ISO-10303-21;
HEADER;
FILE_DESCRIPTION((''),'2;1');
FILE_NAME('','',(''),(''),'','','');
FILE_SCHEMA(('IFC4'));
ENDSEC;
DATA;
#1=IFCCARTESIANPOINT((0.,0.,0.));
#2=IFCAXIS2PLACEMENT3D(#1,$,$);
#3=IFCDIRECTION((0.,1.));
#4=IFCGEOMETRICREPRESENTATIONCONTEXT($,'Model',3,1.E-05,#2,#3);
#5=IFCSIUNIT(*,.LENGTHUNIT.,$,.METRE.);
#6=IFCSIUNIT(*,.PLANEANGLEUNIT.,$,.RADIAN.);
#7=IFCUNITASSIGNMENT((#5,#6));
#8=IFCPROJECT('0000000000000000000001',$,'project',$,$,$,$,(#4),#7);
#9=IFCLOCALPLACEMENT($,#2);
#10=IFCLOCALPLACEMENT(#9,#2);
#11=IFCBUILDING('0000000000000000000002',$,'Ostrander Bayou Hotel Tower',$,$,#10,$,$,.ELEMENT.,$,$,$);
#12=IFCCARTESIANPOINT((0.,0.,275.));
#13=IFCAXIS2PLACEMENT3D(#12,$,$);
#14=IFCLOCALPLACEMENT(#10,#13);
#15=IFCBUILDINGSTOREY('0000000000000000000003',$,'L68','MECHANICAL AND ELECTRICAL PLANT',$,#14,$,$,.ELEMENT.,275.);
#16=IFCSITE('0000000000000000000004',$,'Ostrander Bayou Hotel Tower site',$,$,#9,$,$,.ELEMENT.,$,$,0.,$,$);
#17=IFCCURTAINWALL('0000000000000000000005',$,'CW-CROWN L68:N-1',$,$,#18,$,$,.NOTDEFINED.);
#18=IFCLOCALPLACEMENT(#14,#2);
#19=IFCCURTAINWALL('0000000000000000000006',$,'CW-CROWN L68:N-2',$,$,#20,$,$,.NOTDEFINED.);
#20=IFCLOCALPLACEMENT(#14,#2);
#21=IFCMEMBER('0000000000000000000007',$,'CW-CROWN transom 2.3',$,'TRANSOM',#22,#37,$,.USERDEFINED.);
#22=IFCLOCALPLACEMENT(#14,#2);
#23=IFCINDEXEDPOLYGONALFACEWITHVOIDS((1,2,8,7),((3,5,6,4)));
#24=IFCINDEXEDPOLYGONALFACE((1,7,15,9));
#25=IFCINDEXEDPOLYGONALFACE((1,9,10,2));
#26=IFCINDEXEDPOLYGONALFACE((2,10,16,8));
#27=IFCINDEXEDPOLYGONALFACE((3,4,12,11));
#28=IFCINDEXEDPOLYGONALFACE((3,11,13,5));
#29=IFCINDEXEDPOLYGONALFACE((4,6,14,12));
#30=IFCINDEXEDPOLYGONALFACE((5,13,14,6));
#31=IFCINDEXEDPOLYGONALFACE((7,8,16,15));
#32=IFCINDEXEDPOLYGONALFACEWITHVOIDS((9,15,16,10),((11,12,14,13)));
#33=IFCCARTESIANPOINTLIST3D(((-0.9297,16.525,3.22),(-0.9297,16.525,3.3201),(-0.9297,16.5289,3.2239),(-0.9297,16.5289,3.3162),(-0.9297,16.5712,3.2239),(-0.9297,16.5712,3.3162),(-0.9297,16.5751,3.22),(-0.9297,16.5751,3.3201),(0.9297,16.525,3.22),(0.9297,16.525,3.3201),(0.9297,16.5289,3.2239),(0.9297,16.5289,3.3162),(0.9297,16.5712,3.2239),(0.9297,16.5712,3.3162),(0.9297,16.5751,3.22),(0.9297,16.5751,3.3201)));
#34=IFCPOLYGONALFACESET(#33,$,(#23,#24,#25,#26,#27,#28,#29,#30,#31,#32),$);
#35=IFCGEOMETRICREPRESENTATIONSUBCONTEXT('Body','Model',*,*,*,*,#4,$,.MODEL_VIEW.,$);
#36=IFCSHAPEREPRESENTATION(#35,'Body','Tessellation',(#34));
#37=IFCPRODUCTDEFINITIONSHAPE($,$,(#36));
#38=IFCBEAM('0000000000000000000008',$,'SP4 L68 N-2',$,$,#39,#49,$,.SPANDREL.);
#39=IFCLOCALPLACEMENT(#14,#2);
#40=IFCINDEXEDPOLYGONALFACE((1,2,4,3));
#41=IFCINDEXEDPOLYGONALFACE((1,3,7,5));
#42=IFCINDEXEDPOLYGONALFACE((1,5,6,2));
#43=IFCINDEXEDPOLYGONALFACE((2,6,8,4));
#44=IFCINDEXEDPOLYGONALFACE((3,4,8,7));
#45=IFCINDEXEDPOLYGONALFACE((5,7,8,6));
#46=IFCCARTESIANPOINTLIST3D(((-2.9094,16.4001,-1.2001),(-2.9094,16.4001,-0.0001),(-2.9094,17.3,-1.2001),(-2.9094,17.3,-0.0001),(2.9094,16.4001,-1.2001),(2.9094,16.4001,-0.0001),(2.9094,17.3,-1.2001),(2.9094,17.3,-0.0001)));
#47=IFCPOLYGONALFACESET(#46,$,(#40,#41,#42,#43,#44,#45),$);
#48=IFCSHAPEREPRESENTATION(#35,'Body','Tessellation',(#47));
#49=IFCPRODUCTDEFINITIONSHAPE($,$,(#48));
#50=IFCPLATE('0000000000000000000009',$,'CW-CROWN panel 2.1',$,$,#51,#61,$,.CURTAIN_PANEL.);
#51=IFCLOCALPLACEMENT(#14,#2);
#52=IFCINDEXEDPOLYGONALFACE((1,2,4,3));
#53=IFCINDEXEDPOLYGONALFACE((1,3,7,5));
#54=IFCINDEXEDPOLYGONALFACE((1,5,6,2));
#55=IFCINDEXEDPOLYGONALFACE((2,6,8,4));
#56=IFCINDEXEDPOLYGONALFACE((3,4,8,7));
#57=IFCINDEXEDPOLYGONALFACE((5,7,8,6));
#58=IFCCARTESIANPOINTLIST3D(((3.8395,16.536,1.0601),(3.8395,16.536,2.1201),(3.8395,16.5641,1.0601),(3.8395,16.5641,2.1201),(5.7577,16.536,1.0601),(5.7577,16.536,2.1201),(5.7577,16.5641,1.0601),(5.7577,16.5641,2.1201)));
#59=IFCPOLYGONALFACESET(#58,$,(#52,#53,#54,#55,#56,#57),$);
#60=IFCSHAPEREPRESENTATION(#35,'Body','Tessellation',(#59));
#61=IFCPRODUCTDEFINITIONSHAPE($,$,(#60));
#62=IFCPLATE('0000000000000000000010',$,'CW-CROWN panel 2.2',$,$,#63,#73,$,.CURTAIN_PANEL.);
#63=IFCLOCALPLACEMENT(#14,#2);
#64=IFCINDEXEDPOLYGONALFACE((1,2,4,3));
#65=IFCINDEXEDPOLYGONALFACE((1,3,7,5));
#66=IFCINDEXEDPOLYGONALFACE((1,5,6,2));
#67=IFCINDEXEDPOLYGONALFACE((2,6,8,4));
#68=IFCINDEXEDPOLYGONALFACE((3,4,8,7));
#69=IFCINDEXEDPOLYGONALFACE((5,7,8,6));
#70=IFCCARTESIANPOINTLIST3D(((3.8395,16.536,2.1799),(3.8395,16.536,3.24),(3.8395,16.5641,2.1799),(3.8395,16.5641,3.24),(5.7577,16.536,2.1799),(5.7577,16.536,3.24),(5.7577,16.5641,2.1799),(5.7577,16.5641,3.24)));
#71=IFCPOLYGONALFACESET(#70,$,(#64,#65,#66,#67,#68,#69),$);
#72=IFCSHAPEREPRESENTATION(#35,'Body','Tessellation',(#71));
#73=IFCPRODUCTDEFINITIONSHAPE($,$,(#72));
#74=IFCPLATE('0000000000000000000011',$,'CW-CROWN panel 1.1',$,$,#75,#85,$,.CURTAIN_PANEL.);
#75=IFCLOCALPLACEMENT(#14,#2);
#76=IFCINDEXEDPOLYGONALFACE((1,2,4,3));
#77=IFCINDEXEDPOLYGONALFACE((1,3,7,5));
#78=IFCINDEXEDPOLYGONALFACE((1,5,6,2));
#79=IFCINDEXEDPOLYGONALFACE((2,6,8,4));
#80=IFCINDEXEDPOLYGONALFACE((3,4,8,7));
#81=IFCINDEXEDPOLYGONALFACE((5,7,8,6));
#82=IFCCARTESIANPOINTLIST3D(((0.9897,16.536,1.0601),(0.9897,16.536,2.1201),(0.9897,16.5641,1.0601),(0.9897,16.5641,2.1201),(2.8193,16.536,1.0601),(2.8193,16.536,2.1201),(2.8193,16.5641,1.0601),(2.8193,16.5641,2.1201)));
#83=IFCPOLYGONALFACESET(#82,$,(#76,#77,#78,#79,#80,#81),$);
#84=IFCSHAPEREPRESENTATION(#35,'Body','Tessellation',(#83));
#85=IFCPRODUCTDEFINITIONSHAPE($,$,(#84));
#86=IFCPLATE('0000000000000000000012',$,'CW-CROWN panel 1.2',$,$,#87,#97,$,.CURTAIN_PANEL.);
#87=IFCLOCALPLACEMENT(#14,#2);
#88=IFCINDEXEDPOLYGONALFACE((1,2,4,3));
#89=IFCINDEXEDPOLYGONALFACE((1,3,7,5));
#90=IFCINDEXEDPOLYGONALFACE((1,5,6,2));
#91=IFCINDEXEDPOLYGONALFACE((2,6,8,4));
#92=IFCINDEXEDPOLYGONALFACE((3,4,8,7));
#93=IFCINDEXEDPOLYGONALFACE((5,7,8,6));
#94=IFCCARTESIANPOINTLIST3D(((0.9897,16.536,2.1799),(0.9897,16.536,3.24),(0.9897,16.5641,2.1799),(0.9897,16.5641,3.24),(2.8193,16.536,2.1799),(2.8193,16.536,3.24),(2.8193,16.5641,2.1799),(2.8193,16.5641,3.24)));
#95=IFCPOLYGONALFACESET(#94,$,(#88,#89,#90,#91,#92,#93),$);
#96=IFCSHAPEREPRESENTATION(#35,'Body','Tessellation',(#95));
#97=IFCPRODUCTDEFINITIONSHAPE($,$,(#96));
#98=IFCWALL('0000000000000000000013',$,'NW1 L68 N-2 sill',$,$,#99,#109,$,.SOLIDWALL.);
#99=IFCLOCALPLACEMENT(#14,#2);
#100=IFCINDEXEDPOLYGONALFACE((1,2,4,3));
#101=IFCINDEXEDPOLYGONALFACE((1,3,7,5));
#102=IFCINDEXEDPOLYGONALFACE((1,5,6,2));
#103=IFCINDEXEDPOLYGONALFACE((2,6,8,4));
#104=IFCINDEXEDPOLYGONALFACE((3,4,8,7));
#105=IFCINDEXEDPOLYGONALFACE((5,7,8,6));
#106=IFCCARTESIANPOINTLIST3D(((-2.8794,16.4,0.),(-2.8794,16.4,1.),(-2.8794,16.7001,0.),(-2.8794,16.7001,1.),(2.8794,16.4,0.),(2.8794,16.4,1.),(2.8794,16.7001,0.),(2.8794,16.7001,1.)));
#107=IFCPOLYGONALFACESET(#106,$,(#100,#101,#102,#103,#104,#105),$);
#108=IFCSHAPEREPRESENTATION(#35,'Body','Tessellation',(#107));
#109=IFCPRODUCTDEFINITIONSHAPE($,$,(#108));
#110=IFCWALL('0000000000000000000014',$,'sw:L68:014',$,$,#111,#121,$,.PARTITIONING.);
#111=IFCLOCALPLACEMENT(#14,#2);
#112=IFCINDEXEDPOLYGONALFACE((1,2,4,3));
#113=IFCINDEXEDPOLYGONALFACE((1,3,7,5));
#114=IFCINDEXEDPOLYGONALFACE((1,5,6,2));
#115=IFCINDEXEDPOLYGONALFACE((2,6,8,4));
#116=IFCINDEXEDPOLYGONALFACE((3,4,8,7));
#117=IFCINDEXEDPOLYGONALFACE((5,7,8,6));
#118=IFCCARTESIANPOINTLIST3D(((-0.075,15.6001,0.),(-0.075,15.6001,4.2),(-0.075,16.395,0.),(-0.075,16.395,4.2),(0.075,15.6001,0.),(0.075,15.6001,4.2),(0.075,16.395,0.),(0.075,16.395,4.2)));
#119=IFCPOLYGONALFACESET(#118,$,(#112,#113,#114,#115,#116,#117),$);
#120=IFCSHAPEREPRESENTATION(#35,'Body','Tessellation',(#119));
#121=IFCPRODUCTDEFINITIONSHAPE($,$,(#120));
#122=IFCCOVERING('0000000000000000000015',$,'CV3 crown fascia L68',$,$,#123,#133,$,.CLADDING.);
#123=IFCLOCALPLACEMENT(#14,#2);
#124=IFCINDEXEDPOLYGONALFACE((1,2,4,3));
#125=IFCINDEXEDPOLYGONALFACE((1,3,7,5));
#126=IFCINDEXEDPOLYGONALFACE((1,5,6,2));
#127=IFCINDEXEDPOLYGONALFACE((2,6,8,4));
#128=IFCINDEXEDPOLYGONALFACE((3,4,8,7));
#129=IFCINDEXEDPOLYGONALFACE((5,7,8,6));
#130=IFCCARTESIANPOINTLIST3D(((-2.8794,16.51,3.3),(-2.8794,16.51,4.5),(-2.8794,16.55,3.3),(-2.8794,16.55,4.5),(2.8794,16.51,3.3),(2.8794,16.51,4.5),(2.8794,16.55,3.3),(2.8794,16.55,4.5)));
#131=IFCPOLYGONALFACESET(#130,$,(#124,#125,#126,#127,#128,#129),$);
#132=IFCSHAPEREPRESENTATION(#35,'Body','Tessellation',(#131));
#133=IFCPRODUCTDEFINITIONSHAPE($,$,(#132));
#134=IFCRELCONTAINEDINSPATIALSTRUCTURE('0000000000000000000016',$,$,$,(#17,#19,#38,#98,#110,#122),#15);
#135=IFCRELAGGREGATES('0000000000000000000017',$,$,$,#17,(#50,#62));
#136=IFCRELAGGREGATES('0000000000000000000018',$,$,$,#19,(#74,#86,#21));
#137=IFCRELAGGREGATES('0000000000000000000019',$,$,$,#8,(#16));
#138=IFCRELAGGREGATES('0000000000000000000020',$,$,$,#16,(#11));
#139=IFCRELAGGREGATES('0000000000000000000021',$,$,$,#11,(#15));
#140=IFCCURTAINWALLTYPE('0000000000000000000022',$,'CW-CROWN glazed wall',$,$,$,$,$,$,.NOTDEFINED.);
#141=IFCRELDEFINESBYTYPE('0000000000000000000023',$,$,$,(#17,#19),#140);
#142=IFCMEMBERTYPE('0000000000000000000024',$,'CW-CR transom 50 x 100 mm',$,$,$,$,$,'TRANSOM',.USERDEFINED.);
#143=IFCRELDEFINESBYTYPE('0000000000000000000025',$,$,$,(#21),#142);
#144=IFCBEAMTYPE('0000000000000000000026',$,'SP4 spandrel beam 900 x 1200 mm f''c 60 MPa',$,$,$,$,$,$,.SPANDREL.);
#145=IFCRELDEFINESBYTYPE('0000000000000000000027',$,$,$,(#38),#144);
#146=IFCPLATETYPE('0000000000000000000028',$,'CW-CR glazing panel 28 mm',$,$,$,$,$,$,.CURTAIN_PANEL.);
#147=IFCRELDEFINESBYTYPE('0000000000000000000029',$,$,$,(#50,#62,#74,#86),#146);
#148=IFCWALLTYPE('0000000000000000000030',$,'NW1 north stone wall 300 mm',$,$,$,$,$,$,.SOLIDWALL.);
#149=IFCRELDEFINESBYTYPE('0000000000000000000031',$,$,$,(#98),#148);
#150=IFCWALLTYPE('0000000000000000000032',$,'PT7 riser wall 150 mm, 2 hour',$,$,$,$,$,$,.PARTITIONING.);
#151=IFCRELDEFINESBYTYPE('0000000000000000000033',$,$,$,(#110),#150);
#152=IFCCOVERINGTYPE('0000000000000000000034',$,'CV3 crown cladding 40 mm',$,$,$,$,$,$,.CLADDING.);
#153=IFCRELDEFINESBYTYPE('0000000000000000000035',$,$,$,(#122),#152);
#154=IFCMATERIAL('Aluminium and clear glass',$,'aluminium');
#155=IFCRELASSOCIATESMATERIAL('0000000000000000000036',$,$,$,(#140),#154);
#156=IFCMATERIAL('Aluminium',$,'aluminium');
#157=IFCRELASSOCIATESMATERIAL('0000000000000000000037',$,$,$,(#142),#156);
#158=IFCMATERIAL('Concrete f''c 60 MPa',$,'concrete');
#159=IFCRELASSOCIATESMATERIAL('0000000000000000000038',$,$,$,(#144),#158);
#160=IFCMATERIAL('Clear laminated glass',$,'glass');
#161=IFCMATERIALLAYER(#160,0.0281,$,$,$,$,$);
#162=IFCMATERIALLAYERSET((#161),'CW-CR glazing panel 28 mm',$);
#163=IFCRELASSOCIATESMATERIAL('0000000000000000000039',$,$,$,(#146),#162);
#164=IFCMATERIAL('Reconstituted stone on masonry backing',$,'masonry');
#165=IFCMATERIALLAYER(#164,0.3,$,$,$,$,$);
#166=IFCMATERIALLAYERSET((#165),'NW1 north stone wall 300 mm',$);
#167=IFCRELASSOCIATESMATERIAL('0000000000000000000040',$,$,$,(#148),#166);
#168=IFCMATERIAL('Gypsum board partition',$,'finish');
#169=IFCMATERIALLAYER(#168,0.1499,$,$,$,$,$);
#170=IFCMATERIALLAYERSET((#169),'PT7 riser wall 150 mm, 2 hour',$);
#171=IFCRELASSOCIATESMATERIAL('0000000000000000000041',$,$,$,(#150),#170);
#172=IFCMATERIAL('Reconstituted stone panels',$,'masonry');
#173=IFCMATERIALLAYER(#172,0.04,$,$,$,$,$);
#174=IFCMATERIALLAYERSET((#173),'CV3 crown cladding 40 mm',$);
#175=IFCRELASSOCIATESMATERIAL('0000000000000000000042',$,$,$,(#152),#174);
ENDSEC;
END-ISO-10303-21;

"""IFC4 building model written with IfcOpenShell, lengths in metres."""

from ifc_helpers import new_model, si_unit, direction, frame, frame_2d, origin, origin_2d, place, context, subcontext, project, spatial, polyline, rectangle, hollow_rectangle, outline, extrude, material, layer, layer_set, material_profile, profile_set, type_object, element, aggregate, save


model = new_model("IFC4")

# Units and contexts
model_context = context("Model", 3, precision=1e-05, world=origin(), true_north=direction((0.0, 1.0)))
body_context = subcontext(model_context, "Body", "Model", "MODEL_VIEW")
ifc_project = project(units=[si_unit("LENGTHUNIT", "METRE"), si_unit("PLANEANGLEUNIT", "RADIAN")], contexts=[model_context])

# Site, building, storey
site_placement = place(None, origin())
site = spatial("IfcSite", under=ifc_project, at=site_placement, Name="Ostrander Bayou Hotel Tower site", CompositionType="ELEMENT", RefElevation=0.0)
building_placement = place(site_placement, origin())
building = spatial("IfcBuilding", under=site, at=building_placement, Name="Ostrander Bayou Hotel Tower", CompositionType="ELEMENT")
storey_placement = place(building_placement, frame((0.0, 0.0, 275.0)))
storey = spatial("IfcBuildingStorey", under=building, at=storey_placement, Name="L68", Description="MECHANICAL AND ELECTRICAL PLANT", CompositionType="ELEMENT", Elevation=275.0)

# Curtain wall
ifc_material_1 = material(Name="Aluminium and clear glass", Category="aluminium")
curtain_wall_type = type_object("IfcCurtainWallType", Name="CW-CROWN glazed wall", PredefinedType="NOTDEFINED", material=ifc_material_1)
curtain_wall_1_placement = place(storey_placement, origin())
curtain_wall_1 = element("IfcCurtainWall", 1, at=curtain_wall_1_placement, inside=storey, type_object=curtain_wall_type, Name="CW-CROWN L68:N-1", PredefinedType="NOTDEFINED")

# Curtain wall
curtain_wall_2_placement = place(storey_placement, origin())
curtain_wall_2 = element("IfcCurtainWall", 2, at=curtain_wall_2_placement, inside=storey, type_object=curtain_wall_type, Name="CW-CROWN L68:N-2", PredefinedType="NOTDEFINED")

# Member
ifc_material_2 = material(Name="Aluminium", Category="aluminium")
ifc_material_profile_1 = material_profile(ifc_material_2, hollow_rectangle(XDim=0.05, YDim=0.1001, WallThickness=0.0039, at=origin_2d()))
ifc_profile_set_1 = profile_set([ifc_material_profile_1], Name="Aluminium")
member_type_1 = type_object("IfcMemberType", Name="CW-CR transom 50 x 100 mm", ElementType="TRANSOM", PredefinedType="USERDEFINED", material=ifc_profile_set_1)
member_1_placement = place(storey_placement, frame((0.9297, 16.55, 3.27), z_axis=(-1.0, 0.0, 0.0), x_axis=(0.0, -1.0, 0.0)))
member_1 = element("IfcMember", 3, at=member_1_placement, type_object=member_type_1, Name="CW-CROWN transom 2.3", ObjectType="TRANSOM", PredefinedType="USERDEFINED", context=body_context, shape_type="SweptSolid", body=[
    extrude(hollow_rectangle(XDim=0.05, YDim=0.1001, WallThickness=0.0039, at=origin_2d()), origin(), (0.0, 0.0, 1.0), 1.8594),
])

# Beam
ifc_material_3 = material(Name="Concrete f'c 60 MPa", Category="concrete")
ifc_material_profile_2 = material_profile(ifc_material_3, rectangle(XDim=0.8999, YDim=1.2, at=origin_2d()))
ifc_profile_set_2 = profile_set([ifc_material_profile_2], Name="Concrete f'c 60 MPa")
beam_type = type_object("IfcBeamType", Name="SP4 spandrel beam 900 x 1200 mm f'c 60 MPa", PredefinedType="SPANDREL", material=ifc_profile_set_2)
beam_placement = place(storey_placement, frame((2.9094, 16.8501, -0.6001), z_axis=(-1.0, 0.0, 0.0), x_axis=(0.0, -1.0, 0.0)))
element("IfcBeam", 4, at=beam_placement, inside=storey, type_object=beam_type, Name="SP4 L68 N-2", PredefinedType="SPANDREL", context=body_context, shape_type="SweptSolid", body=[
    extrude(rectangle(XDim=0.8999, YDim=1.2, at=origin_2d()), origin(), (0.0, 0.0, 1.0), 5.8188),
])

# Plates
ifc_material_4 = material(Name="Clear laminated glass", Category="glass")
ifc_layer_1 = layer(ifc_material_4, 0.0281)
ifc_layer_set_1 = layer_set([ifc_layer_1], Name="CW-CR glazing panel 28 mm")
plate_type = type_object("IfcPlateType", Name="CW-CR glazing panel 28 mm", PredefinedType="CURTAIN_PANEL", material=ifc_layer_set_1)
plate_1_placement = place(storey_placement, frame((4.7986, 16.55, 1.0601), z_axis=(0.0, 0.0, 1.0), x_axis=(-1.0, 0.0, 0.0)))
plate_1 = element("IfcPlate", 5, at=plate_1_placement, type_object=plate_type, Name="CW-CROWN panel 2.1", PredefinedType="CURTAIN_PANEL", context=body_context, shape_type="SweptSolid", body=[
    extrude(rectangle(XDim=1.9182, YDim=0.0281, at=origin_2d()), origin(), (0.0, 0.0, 1.0), 1.0601),
])
plate_2_placement = place(storey_placement, frame((4.7986, 16.55, 2.1799), z_axis=(0.0, 0.0, 1.0), x_axis=(-1.0, 0.0, 0.0)))
plate_2 = element("IfcPlate", 6, at=plate_2_placement, type_object=plate_type, Name="CW-CROWN panel 2.2", PredefinedType="CURTAIN_PANEL", context=body_context, shape_type="SweptSolid", body=[
    extrude(rectangle(XDim=1.9182, YDim=0.0281, at=origin_2d()), origin(), (0.0, 0.0, 1.0), 1.0601),
])
aggregate(curtain_wall_1, [plate_1, plate_2])
plate_3_placement = place(storey_placement, frame((1.9045, 16.55, 1.0601), z_axis=(0.0, 0.0, 1.0), x_axis=(-1.0, 0.0, 0.0)))
plate_3 = element("IfcPlate", 7, at=plate_3_placement, type_object=plate_type, Name="CW-CROWN panel 1.1", PredefinedType="CURTAIN_PANEL", context=body_context, shape_type="SweptSolid", body=[
    extrude(rectangle(XDim=1.8296, YDim=0.0281, at=origin_2d()), origin(), (0.0, 0.0, 1.0), 1.0601),
])
plate_4_placement = place(storey_placement, frame((1.9045, 16.55, 2.1799), z_axis=(0.0, 0.0, 1.0), x_axis=(-1.0, 0.0, 0.0)))
plate_4 = element("IfcPlate", 8, at=plate_4_placement, type_object=plate_type, Name="CW-CROWN panel 1.2", PredefinedType="CURTAIN_PANEL", context=body_context, shape_type="SweptSolid", body=[
    extrude(rectangle(XDim=1.8296, YDim=0.0281, at=origin_2d()), origin(), (0.0, 0.0, 1.0), 1.0601),
])
aggregate(curtain_wall_2, [plate_3, plate_4, member_1])

# Wall
ifc_material_5 = material(Name="Reconstituted stone on masonry backing", Category="masonry")
ifc_layer_2 = layer(ifc_material_5, 0.3)
ifc_layer_set_2 = layer_set([ifc_layer_2], Name="NW1 north stone wall 300 mm")
wall_type_1 = type_object("IfcWallType", Name="NW1 north stone wall 300 mm", PredefinedType="SOLIDWALL", material=ifc_layer_set_2)
wall_1_placement = place(storey_placement, frame((2.8794, 16.55, 0.0), z_axis=(0.0, 0.0, 1.0), x_axis=(-1.0, 0.0, 0.0)))
element("IfcWall", 9, at=wall_1_placement, inside=storey, type_object=wall_type_1, Name="NW1 L68 N-2 sill", PredefinedType="SOLIDWALL", context=body_context, shape_type="SweptSolid", body=[
    extrude(rectangle(XDim=5.7588, YDim=0.3, at=frame_2d((2.8794, 0.0))), origin(), (0.0, 0.0, 1.0), 1.0),
])

# Wall
ifc_material_6 = material(Name="Gypsum board partition", Category="finish")
ifc_layer_3 = layer(ifc_material_6, 0.1499)
ifc_layer_set_3 = layer_set([ifc_layer_3], Name="PT7 riser wall 150 mm, 2 hour")
wall_type_2 = type_object("IfcWallType", Name="PT7 riser wall 150 mm, 2 hour", PredefinedType="PARTITIONING", material=ifc_layer_set_3)
wall_2_placement = place(storey_placement, frame((0.0, 15.6001, 0.0), z_axis=(0.0, 0.0, 1.0), x_axis=(0.0, 1.0, 0.0)))
element("IfcWall", 10, at=wall_2_placement, inside=storey, type_object=wall_type_2, Name="sw:L68:014", PredefinedType="PARTITIONING", context=body_context, shape_type="SweptSolid", body=[
    extrude(rectangle(XDim=0.7949, YDim=0.1499, at=frame_2d((0.3975, 0.0))), origin(), (0.0, 0.0, 1.0), 4.2),
])

# Covering
ifc_material_7 = material(Name="Reconstituted stone panels", Category="masonry")
ifc_layer_4 = layer(ifc_material_7, 0.04)
ifc_layer_set_4 = layer_set([ifc_layer_4], Name="CV3 crown cladding 40 mm")
covering_type = type_object("IfcCoveringType", Name="CV3 crown cladding 40 mm", PredefinedType="CLADDING", material=ifc_layer_set_4)
covering_placement = place(storey_placement, frame((2.8794, 16.55, 3.3), z_axis=(0.0, 1.0, 0.0), x_axis=(-1.0, 0.0, 0.0)))
element("IfcCovering", 11, at=covering_placement, inside=storey, type_object=covering_type, Name="CV3 crown fascia L68", PredefinedType="CLADDING", context=body_context, shape_type="SweptSolid", body=[
    extrude(outline(polyline([(0.0, 0.0), (5.7588, 0.0), (5.7588, 1.2), (0.0, 1.2), (0.0, 0.0)])), origin(), (0.0, 0.0, -1.0), 0.04),
])

save(model, "model.ifc")
